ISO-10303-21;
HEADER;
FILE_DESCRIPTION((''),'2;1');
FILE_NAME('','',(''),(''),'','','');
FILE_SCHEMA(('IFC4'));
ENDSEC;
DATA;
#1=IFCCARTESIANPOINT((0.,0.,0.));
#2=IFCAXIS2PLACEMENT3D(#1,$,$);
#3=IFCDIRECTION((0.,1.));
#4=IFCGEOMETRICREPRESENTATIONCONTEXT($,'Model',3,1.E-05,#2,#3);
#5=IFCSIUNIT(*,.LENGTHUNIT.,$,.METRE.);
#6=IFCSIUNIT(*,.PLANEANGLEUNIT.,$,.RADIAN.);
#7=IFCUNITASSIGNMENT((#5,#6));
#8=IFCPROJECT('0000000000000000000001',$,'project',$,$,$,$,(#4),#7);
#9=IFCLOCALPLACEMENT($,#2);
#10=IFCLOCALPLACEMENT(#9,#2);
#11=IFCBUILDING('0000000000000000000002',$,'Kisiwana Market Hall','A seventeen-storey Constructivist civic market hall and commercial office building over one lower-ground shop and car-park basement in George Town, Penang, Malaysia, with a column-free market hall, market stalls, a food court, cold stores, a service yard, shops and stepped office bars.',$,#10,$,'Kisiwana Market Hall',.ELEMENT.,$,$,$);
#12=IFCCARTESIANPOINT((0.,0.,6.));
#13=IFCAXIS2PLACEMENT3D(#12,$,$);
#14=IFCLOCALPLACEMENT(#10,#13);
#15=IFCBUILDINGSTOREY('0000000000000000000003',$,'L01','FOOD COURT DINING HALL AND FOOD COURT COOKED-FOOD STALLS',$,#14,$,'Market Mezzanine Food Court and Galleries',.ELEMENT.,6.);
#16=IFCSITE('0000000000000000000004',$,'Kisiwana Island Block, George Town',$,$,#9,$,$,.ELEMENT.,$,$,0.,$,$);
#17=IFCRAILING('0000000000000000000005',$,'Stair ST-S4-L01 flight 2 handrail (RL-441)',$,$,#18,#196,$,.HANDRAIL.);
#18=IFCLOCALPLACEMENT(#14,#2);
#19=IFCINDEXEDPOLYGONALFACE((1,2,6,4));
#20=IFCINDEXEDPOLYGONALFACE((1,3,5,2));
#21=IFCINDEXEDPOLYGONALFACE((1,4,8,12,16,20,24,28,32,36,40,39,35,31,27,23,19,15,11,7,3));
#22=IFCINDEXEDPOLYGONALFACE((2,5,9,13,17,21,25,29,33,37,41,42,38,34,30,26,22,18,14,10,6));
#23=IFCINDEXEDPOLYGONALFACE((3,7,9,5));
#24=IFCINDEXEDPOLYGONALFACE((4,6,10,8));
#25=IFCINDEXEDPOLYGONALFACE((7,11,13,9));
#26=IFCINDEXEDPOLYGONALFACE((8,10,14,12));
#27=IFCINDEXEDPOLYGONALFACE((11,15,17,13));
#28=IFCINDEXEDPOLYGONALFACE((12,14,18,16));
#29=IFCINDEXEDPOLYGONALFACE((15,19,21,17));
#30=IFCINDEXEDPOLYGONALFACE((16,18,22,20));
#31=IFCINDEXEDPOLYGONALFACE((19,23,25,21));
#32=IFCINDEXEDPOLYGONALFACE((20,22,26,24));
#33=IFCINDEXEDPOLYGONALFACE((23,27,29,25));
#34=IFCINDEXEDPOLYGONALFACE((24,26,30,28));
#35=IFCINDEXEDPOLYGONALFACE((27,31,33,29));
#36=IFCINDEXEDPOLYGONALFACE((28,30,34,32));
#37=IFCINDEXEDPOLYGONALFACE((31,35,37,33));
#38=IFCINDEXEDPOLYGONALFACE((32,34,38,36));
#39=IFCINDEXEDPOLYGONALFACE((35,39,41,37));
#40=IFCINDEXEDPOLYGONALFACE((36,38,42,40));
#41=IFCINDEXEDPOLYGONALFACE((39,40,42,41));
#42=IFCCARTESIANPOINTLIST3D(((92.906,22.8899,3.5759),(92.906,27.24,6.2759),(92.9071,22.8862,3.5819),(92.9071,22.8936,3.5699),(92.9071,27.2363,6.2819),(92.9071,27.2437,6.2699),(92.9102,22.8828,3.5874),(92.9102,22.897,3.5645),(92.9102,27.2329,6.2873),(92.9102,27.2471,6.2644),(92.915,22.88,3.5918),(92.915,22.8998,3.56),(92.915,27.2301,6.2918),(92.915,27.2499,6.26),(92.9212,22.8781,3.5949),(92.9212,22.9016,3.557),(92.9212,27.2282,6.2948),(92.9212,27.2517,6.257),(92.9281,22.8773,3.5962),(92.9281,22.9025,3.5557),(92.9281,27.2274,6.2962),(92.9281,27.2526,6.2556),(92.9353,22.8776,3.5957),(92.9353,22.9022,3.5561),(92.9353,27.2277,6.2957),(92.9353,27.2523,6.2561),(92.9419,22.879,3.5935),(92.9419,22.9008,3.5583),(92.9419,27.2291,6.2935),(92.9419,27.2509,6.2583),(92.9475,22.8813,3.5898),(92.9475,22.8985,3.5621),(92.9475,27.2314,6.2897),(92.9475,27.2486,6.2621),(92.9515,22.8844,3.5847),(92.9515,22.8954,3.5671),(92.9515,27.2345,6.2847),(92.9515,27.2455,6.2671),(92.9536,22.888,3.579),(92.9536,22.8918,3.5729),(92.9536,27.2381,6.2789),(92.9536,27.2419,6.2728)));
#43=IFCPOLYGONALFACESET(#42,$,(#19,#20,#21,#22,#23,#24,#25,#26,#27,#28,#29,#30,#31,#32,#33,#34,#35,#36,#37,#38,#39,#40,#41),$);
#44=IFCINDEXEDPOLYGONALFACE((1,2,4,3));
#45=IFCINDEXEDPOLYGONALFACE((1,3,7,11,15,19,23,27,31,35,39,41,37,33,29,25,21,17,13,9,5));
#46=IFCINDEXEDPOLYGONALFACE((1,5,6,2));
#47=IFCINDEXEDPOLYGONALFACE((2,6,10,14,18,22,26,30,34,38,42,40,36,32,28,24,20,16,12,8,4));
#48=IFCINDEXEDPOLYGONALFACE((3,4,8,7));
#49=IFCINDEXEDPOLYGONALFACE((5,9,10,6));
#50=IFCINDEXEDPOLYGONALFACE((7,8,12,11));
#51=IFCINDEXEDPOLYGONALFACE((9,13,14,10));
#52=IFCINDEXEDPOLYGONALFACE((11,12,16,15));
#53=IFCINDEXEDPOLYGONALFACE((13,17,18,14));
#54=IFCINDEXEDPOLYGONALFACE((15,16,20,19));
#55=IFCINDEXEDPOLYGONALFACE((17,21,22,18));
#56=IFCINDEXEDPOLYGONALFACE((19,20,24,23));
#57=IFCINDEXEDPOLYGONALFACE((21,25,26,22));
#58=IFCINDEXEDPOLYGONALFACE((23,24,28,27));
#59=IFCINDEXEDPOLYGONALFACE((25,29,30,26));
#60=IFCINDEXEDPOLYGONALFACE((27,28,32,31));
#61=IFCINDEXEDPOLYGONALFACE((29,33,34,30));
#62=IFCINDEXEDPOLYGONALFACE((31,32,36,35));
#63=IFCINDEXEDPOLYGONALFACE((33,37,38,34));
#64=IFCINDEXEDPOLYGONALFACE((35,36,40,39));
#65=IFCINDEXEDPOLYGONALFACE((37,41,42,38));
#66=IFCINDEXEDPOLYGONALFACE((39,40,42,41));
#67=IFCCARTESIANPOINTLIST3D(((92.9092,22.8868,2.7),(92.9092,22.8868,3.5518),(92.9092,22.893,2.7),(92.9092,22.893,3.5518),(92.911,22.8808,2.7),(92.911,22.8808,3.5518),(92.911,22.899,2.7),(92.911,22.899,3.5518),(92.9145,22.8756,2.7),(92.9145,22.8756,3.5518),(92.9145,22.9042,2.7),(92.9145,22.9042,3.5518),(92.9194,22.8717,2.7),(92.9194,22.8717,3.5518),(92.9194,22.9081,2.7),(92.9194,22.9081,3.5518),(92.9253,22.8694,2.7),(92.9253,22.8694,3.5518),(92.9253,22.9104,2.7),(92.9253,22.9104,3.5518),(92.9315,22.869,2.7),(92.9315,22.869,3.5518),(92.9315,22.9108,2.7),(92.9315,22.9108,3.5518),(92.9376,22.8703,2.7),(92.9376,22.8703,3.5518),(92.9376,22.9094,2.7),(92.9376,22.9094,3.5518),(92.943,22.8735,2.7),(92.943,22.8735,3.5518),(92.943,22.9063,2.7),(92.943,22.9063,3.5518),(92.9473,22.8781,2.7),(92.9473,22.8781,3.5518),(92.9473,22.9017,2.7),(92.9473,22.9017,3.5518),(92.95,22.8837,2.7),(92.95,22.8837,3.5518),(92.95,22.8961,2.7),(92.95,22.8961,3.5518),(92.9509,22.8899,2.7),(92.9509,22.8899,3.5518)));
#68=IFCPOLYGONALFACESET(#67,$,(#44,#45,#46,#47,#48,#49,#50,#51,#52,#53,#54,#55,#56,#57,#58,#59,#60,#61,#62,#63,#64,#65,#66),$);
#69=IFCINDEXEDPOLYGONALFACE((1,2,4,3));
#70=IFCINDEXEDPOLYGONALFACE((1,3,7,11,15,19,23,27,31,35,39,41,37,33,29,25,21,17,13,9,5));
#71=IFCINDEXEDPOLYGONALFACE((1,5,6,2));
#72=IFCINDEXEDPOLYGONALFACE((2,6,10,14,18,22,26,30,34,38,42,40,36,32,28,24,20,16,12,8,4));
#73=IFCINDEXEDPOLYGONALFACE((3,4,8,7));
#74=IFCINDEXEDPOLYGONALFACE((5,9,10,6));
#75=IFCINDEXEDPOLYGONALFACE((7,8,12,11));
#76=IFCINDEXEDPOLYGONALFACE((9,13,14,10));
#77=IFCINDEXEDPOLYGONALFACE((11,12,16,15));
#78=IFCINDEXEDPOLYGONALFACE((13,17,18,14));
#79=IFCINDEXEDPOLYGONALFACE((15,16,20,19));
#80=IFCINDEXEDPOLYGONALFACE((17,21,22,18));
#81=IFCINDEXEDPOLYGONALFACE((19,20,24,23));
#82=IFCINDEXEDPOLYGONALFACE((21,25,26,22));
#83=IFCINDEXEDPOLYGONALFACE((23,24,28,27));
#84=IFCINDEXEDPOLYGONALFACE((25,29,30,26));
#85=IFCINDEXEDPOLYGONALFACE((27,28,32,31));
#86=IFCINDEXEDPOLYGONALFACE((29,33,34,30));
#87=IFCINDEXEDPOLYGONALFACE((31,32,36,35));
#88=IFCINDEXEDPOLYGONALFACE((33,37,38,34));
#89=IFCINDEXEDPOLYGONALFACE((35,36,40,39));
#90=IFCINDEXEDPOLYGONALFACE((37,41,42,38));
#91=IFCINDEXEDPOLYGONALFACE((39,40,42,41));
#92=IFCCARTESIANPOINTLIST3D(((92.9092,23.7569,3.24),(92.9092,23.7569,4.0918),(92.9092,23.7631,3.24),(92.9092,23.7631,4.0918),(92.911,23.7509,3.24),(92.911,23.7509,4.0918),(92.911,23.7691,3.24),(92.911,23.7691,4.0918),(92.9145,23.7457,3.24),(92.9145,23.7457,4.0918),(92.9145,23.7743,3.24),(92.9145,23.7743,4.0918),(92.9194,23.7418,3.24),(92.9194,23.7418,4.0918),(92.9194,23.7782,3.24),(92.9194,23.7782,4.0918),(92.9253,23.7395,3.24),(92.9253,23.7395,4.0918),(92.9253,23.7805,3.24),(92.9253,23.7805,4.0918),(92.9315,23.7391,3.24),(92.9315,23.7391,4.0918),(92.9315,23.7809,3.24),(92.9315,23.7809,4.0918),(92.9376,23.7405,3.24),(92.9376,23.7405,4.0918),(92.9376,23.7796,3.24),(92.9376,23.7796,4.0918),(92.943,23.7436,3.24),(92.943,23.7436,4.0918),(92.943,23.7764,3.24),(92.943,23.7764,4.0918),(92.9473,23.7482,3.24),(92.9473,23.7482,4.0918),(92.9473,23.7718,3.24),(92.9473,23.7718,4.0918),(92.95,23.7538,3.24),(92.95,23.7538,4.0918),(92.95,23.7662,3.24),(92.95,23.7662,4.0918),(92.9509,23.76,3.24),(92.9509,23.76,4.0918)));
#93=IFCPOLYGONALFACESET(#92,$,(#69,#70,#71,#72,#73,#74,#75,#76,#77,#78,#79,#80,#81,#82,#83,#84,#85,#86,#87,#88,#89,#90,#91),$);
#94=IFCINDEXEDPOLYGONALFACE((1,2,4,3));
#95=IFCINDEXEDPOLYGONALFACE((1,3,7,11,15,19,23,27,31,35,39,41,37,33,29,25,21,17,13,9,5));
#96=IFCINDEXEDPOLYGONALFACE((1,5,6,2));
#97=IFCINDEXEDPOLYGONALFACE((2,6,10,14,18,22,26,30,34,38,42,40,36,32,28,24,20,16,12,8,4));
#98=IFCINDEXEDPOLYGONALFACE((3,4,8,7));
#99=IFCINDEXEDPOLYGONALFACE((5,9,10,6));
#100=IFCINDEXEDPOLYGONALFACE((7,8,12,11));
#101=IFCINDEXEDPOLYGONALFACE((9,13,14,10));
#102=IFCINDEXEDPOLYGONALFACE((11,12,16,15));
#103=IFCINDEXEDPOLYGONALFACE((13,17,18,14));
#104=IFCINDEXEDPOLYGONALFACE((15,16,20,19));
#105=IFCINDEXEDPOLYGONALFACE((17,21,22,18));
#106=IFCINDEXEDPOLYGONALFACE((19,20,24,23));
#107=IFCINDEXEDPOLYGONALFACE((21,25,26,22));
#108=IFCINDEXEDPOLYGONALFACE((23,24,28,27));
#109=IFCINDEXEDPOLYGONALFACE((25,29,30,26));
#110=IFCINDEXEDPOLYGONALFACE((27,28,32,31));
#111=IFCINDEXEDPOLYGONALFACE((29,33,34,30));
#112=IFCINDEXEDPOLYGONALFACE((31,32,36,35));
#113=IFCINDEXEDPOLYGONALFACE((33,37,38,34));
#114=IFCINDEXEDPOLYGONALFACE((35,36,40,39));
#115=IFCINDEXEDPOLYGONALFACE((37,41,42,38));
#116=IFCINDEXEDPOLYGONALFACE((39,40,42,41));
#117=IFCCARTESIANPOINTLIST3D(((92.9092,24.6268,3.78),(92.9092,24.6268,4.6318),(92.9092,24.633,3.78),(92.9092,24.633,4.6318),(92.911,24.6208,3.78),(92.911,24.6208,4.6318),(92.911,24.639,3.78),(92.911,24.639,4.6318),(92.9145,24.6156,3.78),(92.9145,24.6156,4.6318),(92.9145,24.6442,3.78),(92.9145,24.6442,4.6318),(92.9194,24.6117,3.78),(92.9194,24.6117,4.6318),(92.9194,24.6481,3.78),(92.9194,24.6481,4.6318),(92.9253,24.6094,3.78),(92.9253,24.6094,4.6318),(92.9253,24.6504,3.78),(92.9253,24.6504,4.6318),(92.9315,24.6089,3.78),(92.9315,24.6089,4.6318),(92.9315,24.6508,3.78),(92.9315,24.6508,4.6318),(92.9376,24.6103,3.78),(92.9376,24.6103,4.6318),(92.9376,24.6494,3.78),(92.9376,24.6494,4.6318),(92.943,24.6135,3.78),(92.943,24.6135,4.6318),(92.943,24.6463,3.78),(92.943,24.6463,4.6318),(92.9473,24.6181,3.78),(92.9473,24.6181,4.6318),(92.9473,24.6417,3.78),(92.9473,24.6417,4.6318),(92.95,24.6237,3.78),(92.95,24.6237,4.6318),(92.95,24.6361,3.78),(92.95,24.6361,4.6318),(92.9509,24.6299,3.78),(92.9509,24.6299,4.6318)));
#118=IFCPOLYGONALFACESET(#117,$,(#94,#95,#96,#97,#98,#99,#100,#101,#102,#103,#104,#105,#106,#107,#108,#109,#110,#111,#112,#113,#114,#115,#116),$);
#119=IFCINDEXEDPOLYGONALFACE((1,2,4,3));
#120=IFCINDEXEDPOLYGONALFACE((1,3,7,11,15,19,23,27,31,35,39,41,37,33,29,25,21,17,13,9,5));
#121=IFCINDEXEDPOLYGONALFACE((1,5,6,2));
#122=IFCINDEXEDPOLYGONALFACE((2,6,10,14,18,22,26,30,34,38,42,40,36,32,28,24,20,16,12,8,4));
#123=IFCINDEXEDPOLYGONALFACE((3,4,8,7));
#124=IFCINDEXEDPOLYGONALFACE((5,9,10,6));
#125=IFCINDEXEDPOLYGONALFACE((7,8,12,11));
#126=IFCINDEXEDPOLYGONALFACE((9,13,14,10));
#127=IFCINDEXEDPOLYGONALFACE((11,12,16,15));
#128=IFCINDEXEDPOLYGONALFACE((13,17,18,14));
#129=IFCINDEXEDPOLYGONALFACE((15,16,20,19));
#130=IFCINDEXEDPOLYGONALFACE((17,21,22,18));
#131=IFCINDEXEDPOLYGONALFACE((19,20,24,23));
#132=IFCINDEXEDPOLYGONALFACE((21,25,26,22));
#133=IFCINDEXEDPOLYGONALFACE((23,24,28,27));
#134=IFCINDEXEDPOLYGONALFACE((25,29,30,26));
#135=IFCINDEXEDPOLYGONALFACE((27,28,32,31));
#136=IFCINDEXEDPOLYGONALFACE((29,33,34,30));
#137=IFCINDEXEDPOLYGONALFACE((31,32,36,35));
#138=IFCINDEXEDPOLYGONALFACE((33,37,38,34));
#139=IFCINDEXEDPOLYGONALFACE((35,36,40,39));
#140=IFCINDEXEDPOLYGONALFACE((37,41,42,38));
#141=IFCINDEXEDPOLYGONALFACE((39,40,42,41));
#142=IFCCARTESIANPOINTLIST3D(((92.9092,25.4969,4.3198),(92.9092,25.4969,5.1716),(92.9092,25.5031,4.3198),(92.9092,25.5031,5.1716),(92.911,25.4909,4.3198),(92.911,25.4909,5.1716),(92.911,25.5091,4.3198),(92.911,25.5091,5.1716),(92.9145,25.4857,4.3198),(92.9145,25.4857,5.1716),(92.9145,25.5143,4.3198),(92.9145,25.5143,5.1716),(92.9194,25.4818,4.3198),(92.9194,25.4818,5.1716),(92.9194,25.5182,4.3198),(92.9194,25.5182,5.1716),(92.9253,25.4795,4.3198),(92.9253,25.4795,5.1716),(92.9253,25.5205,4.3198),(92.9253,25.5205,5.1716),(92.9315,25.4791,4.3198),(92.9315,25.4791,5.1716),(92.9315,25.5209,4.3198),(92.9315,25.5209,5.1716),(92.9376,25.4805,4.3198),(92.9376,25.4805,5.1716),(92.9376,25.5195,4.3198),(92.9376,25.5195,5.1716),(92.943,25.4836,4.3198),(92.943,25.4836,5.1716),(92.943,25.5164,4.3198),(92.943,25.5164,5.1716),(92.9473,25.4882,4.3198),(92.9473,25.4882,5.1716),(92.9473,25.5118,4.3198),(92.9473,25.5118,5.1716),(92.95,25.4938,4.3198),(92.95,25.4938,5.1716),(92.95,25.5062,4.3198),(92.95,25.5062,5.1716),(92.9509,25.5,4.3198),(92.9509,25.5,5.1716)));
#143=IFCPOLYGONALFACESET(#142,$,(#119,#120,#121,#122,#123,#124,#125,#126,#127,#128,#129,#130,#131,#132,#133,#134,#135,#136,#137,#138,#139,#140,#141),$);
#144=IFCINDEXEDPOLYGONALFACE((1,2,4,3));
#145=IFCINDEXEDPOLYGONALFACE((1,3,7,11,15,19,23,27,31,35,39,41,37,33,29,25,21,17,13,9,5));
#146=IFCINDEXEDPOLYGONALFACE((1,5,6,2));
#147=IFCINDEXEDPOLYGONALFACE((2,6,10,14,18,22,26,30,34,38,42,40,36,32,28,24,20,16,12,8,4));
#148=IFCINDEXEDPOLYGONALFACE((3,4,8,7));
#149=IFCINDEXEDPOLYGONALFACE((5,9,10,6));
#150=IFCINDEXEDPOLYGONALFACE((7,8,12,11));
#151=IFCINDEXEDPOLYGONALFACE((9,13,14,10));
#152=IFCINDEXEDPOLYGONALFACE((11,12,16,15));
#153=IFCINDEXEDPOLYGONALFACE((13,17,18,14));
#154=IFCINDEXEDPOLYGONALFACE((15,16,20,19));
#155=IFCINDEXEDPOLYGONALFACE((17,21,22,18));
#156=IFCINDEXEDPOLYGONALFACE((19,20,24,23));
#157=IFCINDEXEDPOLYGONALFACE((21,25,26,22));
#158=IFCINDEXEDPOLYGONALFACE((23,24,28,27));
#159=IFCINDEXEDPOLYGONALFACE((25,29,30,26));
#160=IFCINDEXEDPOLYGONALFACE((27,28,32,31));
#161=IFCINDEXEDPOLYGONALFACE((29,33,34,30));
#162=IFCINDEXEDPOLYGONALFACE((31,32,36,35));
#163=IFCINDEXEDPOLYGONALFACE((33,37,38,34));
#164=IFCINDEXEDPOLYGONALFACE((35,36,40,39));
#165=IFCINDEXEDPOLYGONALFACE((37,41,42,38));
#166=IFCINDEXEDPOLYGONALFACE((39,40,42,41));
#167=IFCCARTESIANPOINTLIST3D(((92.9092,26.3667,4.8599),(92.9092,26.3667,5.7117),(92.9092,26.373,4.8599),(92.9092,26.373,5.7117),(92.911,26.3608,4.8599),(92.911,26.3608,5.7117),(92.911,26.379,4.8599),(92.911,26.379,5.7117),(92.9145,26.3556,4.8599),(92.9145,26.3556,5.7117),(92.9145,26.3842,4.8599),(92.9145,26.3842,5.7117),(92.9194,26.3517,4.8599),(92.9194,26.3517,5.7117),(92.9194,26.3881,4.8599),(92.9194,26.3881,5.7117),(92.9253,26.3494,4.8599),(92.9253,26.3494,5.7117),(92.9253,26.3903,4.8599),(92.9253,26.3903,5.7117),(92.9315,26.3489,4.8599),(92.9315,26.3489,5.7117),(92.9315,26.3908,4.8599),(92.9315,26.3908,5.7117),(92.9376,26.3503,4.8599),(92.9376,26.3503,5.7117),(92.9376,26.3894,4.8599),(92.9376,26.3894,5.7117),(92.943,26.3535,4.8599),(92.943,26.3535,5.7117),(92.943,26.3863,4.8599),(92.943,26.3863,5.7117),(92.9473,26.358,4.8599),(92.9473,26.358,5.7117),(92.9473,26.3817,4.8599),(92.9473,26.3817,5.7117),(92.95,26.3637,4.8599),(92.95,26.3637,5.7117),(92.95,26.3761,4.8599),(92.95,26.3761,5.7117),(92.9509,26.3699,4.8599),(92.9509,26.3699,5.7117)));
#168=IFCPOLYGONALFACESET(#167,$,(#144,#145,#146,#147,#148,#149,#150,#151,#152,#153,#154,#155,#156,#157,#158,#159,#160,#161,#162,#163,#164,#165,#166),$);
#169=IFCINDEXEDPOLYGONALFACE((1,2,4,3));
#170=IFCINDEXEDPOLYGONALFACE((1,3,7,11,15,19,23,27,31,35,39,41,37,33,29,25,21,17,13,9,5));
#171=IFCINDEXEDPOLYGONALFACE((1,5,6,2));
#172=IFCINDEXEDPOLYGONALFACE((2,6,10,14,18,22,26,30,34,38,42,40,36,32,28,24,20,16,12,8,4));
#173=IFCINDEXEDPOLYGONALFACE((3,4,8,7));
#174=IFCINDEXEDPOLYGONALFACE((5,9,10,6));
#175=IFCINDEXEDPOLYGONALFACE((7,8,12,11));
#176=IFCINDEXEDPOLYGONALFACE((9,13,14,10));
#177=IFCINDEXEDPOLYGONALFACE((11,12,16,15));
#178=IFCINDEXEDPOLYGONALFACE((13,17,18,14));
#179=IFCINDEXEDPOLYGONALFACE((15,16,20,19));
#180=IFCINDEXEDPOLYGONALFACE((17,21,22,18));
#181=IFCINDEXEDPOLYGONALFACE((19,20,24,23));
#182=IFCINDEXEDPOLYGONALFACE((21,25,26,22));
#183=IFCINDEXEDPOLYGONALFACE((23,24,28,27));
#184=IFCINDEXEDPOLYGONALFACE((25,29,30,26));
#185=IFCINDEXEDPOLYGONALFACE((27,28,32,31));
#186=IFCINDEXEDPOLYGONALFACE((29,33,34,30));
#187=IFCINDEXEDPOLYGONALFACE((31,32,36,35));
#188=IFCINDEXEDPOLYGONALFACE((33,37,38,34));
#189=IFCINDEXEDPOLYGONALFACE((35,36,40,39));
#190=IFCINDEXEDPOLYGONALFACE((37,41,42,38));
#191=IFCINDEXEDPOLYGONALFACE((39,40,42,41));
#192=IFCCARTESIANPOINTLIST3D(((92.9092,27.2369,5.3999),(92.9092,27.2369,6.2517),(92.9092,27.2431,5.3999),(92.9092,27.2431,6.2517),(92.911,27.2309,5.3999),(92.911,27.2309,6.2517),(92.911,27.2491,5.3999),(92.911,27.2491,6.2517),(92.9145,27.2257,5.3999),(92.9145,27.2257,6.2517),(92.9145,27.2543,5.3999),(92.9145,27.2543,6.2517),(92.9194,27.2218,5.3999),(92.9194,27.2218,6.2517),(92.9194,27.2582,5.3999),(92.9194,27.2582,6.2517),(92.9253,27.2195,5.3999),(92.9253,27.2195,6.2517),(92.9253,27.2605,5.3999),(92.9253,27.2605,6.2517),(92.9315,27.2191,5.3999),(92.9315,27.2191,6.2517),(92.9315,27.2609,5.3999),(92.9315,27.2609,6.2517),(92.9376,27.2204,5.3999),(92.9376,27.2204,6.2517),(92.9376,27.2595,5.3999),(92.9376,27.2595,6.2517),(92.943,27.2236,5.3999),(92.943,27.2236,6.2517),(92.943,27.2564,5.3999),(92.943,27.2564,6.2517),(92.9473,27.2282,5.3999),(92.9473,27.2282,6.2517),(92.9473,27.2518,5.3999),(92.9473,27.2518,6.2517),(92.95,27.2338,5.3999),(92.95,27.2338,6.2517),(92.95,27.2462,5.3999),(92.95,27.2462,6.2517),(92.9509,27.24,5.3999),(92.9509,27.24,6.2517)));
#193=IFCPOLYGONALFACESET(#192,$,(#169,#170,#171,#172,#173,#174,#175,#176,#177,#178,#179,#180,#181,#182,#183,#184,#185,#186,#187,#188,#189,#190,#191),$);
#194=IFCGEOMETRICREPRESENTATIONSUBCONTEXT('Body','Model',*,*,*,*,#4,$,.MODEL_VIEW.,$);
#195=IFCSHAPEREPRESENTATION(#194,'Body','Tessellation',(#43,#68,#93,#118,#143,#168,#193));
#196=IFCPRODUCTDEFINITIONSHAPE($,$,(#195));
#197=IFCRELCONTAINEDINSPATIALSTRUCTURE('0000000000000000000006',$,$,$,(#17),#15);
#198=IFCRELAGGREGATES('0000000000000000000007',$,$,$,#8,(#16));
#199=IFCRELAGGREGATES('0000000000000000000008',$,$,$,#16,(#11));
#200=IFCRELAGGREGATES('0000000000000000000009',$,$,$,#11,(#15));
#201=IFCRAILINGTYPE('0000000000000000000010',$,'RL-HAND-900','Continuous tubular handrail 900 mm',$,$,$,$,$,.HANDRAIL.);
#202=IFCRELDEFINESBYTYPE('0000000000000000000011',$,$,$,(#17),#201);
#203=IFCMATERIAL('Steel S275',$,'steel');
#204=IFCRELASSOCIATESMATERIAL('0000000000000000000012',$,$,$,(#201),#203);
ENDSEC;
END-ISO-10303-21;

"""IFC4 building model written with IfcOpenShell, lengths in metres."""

from ifc_helpers import new_model, si_unit, direction, frame, origin, origin_2d, place, context, subcontext, project, spatial, circle, extrude, material, type_object, element, save


model = new_model("IFC4")

# Units and contexts
model_context = context("Model", 3, precision=1e-05, world=origin(), true_north=direction((0.0, 1.0)))
body_context = subcontext(model_context, "Body", "Model", "MODEL_VIEW")
ifc_project = project(units=[si_unit("LENGTHUNIT", "METRE"), si_unit("PLANEANGLEUNIT", "RADIAN")], contexts=[model_context])

# Site, building, storey
site_placement = place(None, origin())
site = spatial("IfcSite", under=ifc_project, at=site_placement, Name="Kisiwana Island Block, George Town", CompositionType="ELEMENT", RefElevation=0.0)
building_placement = place(site_placement, origin())
building = spatial("IfcBuilding", under=site, at=building_placement, Name="Kisiwana Market Hall", Description="A seventeen-storey Constructivist civic market hall and commercial office building over one lower-ground shop and car-park basement in George Town, Penang, Malaysia, with a column-free market hall, market stalls, a food court, cold stores, a service yard, shops and stepped office bars.", LongName="Kisiwana Market Hall", CompositionType="ELEMENT")
storey_placement = place(building_placement, frame((0.0, 0.0, 6.0)))
storey = spatial("IfcBuildingStorey", under=building, at=storey_placement, Name="L01", Description="FOOD COURT DINING HALL AND FOOD COURT COOKED-FOOD STALLS", LongName="Market Mezzanine Food Court and Galleries", CompositionType="ELEMENT", Elevation=6.0)

# Railing
ifc_material_1 = material(Name="Steel S275", Category="steel")
railing_type_1 = type_object("IfcRailingType", Name="RL-HAND-900", Description="Continuous tubular handrail 900 mm", PredefinedType="HANDRAIL", material=ifc_material_1)
railing_1_placement = place(storey_placement, frame((92.9299, 22.8899, 2.7)))
element("IfcRailing", 1, at=railing_1_placement, inside=storey, type_object=railing_type_1, Name="Stair ST-S4-L01 flight 2 handrail (RL-441)", PredefinedType="HANDRAIL", context=body_context, shape_type="SweptSolid", body=[
    extrude(circle(Radius=0.0239, at=origin_2d()), frame((0.0, 0.0, 0.876), z_axis=(0.0, 0.84965, 0.527347), x_axis=(-1.0, 0.0, 0.0)), (0.0, 0.0, 1.0), 5.1199),
    extrude(circle(Radius=0.021, at=origin_2d()), origin(), (0.0, 0.0, 1.0), 0.8518),
    extrude(circle(Radius=0.021, at=origin_2d()), frame((0.0, 0.8701, 0.54)), (0.0, 0.0, 1.0), 0.8518),
    extrude(circle(Radius=0.021, at=origin_2d()), frame((0.0, 1.74, 1.0801)), (0.0, 0.0, 1.0), 0.8518),
    extrude(circle(Radius=0.021, at=origin_2d()), frame((0.0, 2.6101, 1.6199)), (0.0, 0.0, 1.0), 0.8518),
    extrude(circle(Radius=0.021, at=origin_2d()), frame((0.0, 3.48, 2.1599)), (0.0, 0.0, 1.0), 0.8518),
    extrude(circle(Radius=0.021, at=origin_2d()), frame((0.0, 4.3501, 2.7)), (0.0, 0.0, 1.0), 0.8518),
])

save(model, "model.ifc")
